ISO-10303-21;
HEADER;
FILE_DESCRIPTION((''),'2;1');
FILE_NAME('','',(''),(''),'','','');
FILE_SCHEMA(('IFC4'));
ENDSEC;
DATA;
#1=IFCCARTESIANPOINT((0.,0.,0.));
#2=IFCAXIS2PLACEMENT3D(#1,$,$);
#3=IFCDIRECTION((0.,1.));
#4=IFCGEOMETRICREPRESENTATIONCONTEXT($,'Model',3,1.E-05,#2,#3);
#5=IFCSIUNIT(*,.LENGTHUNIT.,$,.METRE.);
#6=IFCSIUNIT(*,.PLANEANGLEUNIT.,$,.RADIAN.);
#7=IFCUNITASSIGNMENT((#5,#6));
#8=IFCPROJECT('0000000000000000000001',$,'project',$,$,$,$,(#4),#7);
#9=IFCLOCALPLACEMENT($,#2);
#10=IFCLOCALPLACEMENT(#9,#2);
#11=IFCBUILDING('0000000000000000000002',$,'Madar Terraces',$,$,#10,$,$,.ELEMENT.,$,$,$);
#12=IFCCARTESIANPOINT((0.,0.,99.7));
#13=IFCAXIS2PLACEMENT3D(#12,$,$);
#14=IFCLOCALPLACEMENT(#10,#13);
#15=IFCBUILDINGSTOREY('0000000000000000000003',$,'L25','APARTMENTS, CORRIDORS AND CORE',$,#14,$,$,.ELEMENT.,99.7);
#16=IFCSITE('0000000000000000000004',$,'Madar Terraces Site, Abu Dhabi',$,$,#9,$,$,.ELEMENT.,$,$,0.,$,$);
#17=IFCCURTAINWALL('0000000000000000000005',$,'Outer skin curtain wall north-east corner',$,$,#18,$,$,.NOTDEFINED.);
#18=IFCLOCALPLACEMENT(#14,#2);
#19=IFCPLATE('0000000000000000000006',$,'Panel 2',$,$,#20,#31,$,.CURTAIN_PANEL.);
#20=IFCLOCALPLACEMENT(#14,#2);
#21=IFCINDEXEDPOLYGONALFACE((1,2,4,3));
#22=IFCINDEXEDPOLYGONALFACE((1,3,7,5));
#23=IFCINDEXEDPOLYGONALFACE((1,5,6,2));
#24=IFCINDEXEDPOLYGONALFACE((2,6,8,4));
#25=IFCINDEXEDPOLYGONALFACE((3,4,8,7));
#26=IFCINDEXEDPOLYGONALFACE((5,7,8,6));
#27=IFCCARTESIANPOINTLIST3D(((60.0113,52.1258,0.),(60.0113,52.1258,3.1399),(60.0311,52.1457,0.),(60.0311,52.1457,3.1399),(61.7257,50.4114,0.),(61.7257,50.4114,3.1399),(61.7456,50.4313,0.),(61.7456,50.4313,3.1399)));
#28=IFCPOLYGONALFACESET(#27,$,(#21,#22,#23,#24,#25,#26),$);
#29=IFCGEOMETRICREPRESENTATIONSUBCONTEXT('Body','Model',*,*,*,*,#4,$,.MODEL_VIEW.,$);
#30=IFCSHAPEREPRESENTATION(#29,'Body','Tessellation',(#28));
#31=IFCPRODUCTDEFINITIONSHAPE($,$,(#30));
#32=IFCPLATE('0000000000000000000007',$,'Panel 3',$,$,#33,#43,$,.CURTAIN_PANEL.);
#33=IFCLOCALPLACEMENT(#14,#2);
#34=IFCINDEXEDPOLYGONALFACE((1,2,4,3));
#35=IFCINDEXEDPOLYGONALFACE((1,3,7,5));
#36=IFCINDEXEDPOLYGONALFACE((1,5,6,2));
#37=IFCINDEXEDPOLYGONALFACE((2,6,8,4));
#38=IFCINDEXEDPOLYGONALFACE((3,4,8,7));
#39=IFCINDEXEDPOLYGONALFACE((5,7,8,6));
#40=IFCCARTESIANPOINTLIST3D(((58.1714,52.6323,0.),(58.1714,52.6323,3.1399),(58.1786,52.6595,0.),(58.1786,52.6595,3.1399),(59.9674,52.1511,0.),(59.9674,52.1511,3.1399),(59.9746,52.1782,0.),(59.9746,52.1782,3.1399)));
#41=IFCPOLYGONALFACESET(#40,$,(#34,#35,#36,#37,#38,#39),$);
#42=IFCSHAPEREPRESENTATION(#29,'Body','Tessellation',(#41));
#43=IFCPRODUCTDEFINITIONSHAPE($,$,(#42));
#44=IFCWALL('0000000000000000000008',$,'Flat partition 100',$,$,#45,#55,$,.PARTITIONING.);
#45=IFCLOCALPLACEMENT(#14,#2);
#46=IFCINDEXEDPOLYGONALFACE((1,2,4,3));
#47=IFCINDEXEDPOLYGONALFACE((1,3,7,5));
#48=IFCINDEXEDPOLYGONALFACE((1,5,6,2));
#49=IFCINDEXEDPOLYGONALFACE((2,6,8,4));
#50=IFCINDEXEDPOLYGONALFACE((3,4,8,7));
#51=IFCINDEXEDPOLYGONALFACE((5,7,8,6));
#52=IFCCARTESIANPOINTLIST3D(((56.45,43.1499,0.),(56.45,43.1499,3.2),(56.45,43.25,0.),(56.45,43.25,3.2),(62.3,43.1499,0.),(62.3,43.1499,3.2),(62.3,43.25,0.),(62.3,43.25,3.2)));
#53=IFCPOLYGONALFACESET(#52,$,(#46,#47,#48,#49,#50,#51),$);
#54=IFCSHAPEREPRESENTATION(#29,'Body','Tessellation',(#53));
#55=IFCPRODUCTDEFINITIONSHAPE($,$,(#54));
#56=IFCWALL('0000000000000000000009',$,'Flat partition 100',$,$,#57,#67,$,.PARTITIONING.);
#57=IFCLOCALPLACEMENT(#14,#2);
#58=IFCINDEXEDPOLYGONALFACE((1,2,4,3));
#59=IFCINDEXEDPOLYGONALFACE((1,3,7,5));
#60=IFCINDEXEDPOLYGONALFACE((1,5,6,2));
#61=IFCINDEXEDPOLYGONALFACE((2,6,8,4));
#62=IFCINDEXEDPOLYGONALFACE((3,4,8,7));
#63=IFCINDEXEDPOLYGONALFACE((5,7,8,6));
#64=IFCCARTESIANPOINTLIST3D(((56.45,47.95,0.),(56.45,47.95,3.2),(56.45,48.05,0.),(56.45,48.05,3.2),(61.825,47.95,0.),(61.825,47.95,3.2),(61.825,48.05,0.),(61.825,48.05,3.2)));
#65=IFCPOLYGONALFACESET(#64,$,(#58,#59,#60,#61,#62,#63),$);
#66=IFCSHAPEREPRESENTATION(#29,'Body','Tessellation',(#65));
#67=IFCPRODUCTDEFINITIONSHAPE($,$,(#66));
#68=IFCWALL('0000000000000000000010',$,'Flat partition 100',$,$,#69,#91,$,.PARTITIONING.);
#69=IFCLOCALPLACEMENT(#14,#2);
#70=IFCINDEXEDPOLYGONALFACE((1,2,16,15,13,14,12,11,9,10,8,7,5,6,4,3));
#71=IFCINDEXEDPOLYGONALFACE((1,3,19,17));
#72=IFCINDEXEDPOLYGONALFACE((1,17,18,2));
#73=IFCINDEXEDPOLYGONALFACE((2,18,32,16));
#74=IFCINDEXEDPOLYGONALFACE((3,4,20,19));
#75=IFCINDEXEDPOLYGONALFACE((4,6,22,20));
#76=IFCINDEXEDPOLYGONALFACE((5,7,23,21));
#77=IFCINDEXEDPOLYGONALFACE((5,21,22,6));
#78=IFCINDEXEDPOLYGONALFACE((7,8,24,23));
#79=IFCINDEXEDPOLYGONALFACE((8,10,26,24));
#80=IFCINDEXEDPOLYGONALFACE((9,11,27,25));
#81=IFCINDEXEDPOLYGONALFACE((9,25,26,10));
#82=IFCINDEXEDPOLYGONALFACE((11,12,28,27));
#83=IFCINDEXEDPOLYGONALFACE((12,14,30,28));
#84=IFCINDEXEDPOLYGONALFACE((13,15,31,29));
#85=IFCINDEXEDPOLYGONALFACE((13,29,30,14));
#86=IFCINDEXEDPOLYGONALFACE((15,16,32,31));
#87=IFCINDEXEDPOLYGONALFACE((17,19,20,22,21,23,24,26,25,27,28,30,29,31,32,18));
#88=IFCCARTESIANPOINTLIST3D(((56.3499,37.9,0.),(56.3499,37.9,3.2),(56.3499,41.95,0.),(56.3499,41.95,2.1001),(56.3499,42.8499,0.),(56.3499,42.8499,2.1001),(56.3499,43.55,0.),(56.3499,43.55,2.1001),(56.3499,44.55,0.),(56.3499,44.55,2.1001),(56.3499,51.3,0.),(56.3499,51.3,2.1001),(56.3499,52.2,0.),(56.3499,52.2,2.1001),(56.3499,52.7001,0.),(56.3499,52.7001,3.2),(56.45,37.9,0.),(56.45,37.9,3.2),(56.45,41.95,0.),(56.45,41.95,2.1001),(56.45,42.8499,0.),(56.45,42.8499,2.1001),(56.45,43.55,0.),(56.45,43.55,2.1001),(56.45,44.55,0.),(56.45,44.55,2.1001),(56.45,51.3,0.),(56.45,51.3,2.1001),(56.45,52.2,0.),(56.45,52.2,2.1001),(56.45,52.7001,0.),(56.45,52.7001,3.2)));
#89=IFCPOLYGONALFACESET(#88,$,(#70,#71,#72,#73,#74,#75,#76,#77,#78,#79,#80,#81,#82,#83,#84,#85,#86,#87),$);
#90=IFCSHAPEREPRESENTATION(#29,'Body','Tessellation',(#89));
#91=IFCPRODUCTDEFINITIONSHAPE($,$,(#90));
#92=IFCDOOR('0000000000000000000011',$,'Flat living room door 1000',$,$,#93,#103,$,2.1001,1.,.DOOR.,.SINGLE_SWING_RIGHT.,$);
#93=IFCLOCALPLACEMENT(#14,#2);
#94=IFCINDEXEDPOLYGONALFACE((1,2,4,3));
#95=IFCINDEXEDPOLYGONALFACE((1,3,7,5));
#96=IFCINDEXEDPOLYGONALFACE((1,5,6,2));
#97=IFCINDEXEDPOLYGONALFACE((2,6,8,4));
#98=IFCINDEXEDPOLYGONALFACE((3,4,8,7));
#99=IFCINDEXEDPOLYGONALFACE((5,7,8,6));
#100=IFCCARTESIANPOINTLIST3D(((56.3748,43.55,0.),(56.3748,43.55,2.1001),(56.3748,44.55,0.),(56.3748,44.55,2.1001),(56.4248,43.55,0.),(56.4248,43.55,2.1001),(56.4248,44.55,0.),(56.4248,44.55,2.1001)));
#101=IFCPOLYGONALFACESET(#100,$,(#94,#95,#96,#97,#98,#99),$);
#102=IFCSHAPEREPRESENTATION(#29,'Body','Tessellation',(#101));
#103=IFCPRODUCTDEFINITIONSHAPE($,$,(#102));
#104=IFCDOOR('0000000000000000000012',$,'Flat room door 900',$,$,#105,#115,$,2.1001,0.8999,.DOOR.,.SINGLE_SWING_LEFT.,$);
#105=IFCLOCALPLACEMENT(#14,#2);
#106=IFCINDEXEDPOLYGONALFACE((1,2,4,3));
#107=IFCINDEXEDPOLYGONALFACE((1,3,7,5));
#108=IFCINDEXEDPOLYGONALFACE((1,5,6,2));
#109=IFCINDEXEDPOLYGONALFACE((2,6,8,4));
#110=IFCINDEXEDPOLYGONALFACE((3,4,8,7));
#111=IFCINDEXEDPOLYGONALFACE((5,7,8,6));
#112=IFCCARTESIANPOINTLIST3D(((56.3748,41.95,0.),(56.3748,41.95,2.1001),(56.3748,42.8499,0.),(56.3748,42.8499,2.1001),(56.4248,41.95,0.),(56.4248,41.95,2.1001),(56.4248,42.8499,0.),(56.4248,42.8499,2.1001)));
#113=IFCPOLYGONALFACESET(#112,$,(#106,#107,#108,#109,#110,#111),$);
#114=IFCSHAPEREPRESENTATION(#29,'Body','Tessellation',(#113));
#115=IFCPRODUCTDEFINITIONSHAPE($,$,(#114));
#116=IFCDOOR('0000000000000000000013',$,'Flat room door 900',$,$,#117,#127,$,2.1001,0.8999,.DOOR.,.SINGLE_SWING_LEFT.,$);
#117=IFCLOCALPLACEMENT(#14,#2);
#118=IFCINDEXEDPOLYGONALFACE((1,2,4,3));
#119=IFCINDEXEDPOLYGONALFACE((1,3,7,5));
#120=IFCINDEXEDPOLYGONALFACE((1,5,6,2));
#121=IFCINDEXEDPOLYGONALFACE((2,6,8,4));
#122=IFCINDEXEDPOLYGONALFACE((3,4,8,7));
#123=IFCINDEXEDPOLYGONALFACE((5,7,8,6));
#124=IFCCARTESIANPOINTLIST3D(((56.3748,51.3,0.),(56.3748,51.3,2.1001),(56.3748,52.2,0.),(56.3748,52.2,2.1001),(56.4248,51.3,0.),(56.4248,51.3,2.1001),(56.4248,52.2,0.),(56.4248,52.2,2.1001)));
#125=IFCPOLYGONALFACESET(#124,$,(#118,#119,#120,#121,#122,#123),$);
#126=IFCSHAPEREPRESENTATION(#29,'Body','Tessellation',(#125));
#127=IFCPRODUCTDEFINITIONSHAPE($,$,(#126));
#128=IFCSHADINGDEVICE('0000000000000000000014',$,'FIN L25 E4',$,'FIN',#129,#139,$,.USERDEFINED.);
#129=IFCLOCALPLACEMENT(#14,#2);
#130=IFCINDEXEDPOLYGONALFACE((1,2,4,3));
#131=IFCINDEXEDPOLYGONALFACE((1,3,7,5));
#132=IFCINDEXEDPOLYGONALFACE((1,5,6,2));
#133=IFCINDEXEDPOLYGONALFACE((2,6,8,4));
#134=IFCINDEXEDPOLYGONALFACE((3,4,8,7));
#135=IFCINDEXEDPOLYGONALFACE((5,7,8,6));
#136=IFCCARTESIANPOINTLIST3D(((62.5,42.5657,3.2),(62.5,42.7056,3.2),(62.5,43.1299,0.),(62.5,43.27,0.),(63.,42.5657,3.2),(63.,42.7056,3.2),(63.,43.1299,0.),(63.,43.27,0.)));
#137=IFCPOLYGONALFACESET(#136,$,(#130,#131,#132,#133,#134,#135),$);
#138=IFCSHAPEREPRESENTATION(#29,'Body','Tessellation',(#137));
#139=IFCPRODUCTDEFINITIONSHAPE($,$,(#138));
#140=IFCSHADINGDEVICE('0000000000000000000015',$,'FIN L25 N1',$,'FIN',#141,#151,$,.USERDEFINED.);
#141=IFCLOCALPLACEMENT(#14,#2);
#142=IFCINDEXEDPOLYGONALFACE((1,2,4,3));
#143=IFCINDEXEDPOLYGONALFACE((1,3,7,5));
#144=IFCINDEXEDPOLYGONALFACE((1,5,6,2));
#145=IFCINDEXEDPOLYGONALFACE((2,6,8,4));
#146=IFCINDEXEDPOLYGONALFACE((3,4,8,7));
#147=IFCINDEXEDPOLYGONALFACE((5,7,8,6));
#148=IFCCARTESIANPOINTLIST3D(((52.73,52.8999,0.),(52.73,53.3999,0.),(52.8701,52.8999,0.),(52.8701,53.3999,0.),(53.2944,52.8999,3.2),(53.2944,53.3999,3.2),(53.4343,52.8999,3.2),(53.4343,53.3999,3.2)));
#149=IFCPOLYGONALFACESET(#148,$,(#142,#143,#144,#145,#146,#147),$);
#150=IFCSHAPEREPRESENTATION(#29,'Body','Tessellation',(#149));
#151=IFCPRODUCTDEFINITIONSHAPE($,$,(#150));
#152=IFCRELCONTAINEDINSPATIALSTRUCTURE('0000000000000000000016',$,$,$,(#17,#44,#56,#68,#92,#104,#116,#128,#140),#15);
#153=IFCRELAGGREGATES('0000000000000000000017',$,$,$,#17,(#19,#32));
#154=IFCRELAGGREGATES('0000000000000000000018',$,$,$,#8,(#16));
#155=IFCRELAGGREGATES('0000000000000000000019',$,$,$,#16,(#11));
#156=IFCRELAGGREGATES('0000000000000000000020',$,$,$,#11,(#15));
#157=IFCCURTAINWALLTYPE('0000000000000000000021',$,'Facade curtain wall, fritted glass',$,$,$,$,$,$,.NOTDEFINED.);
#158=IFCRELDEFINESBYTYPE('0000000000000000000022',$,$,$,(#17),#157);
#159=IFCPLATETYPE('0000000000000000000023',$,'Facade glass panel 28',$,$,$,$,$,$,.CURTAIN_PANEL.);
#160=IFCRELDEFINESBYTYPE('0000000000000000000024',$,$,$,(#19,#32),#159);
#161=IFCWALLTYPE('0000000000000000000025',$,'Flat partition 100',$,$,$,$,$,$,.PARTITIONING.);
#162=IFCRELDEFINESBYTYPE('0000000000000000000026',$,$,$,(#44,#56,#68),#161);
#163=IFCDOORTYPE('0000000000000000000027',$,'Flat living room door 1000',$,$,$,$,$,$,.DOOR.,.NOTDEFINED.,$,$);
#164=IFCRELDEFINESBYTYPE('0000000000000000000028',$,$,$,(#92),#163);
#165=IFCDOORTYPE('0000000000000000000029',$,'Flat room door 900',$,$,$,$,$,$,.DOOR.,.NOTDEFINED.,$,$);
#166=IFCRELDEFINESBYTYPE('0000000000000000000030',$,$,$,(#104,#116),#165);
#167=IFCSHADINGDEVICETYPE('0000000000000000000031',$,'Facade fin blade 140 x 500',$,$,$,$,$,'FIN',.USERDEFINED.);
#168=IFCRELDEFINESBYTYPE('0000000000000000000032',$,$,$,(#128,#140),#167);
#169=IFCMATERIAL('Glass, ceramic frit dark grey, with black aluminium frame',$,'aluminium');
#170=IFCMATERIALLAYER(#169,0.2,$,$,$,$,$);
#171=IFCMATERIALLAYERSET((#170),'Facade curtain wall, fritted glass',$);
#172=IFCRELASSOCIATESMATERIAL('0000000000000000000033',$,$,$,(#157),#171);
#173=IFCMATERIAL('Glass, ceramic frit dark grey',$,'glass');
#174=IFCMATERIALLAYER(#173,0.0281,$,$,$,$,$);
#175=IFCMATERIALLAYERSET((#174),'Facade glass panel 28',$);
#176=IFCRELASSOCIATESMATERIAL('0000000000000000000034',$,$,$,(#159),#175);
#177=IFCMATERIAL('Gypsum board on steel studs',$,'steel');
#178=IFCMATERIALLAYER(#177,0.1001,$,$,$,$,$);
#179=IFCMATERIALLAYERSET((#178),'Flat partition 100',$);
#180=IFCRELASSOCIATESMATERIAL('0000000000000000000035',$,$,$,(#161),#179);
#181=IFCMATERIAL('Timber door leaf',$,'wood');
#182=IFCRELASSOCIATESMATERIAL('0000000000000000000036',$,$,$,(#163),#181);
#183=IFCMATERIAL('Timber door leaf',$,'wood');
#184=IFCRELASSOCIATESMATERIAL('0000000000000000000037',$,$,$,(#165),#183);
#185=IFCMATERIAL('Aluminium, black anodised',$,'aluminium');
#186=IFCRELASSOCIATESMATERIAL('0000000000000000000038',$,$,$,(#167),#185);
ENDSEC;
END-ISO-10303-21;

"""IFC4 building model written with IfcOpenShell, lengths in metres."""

from ifc_helpers import new_model, si_unit, direction, frame, frame_2d, origin, origin_2d, place, context, subcontext, project, spatial, polyline, rectangle, outline, extrude, material, layer, layer_set, type_object, element, fill, aggregate, save


model = new_model("IFC4")

# Units and contexts
model_context = context("Model", 3, precision=1e-05, world=origin(), true_north=direction((0.0, 1.0)))
body_context = subcontext(model_context, "Body", "Model", "MODEL_VIEW")
ifc_project = project(units=[si_unit("LENGTHUNIT", "METRE"), si_unit("PLANEANGLEUNIT", "RADIAN")], contexts=[model_context])

# Site, building, storey
site_placement = place(None, origin())
site = spatial("IfcSite", under=ifc_project, at=site_placement, Name="Madar Terraces Site, Abu Dhabi", CompositionType="ELEMENT", RefElevation=0.0)
building_placement = place(site_placement, origin())
building = spatial("IfcBuilding", under=site, at=building_placement, Name="Madar Terraces", CompositionType="ELEMENT")
storey_placement = place(building_placement, frame((0.0, 0.0, 99.7)))
storey = spatial("IfcBuildingStorey", under=building, at=storey_placement, Name="L25", Description="APARTMENTS, CORRIDORS AND CORE", CompositionType="ELEMENT", Elevation=99.7)

# Shared definitions
ifc_material_1 = material(Name="Glass, ceramic frit dark grey, with black aluminium frame", Category="aluminium")
ifc_layer_1 = layer(ifc_material_1, 0.2)
ifc_layer_set_1 = layer_set([ifc_layer_1], Name="Facade curtain wall, fritted glass")
curtain_wall_type = type_object("IfcCurtainWallType", Name="Facade curtain wall, fritted glass", PredefinedType="NOTDEFINED", material=ifc_layer_set_1)

# Curtain wall
curtain_wall_1_placement = place(storey_placement, origin())
curtain_wall_1 = element("IfcCurtainWall", 1, at=curtain_wall_1_placement, inside=storey, type_object=curtain_wall_type, Name="Outer skin curtain wall north-east corner", PredefinedType="NOTDEFINED")

# Plates
ifc_material_2 = material(Name="Glass, ceramic frit dark grey", Category="glass")
ifc_layer_2 = layer(ifc_material_2, 0.0281)
ifc_layer_set_2 = layer_set([ifc_layer_2], Name="Facade glass panel 28")
plate_type = type_object("IfcPlateType", Name="Facade glass panel 28", PredefinedType="CURTAIN_PANEL", material=ifc_layer_set_2)
plate_1_placement = place(storey_placement, frame((60.8784, 51.2786, 0.0), z_axis=(0.0, 0.0, 1.0), x_axis=(-0.707107, 0.707107, 0.0)))
plate_1 = element("IfcPlate", 2, at=plate_1_placement, type_object=plate_type, Name="Panel 2", PredefinedType="CURTAIN_PANEL", context=body_context, shape_type="SweptSolid", body=[
    extrude(rectangle(XDim=2.4246, YDim=0.0281, at=origin_2d()), origin(), (0.0, 0.0, 1.0), 3.1399),
])
plate_2_placement = place(storey_placement, frame((59.073, 52.4053, 0.0), z_axis=(0.0, 0.0, 1.0), x_axis=(-0.965926, 0.258819, 0.0)))
plate_2 = element("IfcPlate", 3, at=plate_2_placement, type_object=plate_type, Name="Panel 3", PredefinedType="CURTAIN_PANEL", context=body_context, shape_type="SweptSolid", body=[
    extrude(rectangle(XDim=1.8594, YDim=0.0281, at=origin_2d()), origin(), (0.0, 0.0, 1.0), 3.1399),
])
aggregate(curtain_wall_1, [plate_1, plate_2])

# Walls
ifc_material_3 = material(Name="Gypsum board on steel studs", Category="steel")
ifc_layer_3 = layer(ifc_material_3, 0.1001)
ifc_layer_set_3 = layer_set([ifc_layer_3], Name="Flat partition 100")
wall_type_1 = type_object("IfcWallType", Name="Flat partition 100", PredefinedType="PARTITIONING", material=ifc_layer_set_3)
wall_1_placement = place(storey_placement, frame((56.45, 43.2, 0.0), z_axis=(0.0, 0.0, 1.0), x_axis=(1.0, 0.0, 0.0)))
element("IfcWall", 4, at=wall_1_placement, inside=storey, type_object=wall_type_1, Name="Flat partition 100", PredefinedType="PARTITIONING", context=body_context, shape_type="SweptSolid", body=[
    extrude(rectangle(XDim=5.8501, YDim=0.1001, at=frame_2d((2.925, 0.0))), origin(), (0.0, 0.0, 1.0), 3.2),
])
wall_2_placement = place(storey_placement, frame((56.45, 48.0, 0.0), z_axis=(0.0, 0.0, 1.0), x_axis=(1.0, 0.0, 0.0)))
element("IfcWall", 5, at=wall_2_placement, inside=storey, type_object=wall_type_1, Name="Flat partition 100", PredefinedType="PARTITIONING", context=body_context, shape_type="SweptSolid", body=[
    extrude(rectangle(XDim=5.375, YDim=0.1001, at=frame_2d((2.6875, 0.0))), origin(), (0.0, 0.0, 1.0), 3.2),
])

# Wall, openings, doors
wall_3_placement = place(storey_placement, frame((56.3999, 52.7, 0.0), z_axis=(0.0, 0.0, 1.0), x_axis=(0.0, -1.0, 0.0)))
wall_3 = element("IfcWall", 6, at=wall_3_placement, inside=storey, type_object=wall_type_1, Name="Flat partition 100", PredefinedType="PARTITIONING", context=body_context, shape_type="SweptSolid", body=[
    extrude(rectangle(XDim=14.8, YDim=0.1001, at=frame_2d((7.3999, 0.0))), origin(), (0.0, 0.0, 1.0), 3.2),
])
opening_1_placement = place(wall_3_placement, frame((9.8501, 0.0, 0.0)))
opening_1 = element("IfcOpeningElement", 7, at=opening_1_placement, cuts=wall_3, PredefinedType="OPENING", context=body_context, shape_type="SweptSolid", body=[
    extrude(rectangle(XDim=0.8999, YDim=2.1001, at=frame_2d((0.45, 1.05))), frame((0.0, 0.0601, 0.0), z_axis=(0.0, -1.0, 0.0), x_axis=(1.0, 0.0, 0.0)), (0.0, 0.0, 1.0), 0.1201),
])
opening_2_placement = place(wall_3_placement, frame((8.1499, 0.0, 0.0)))
opening_2 = element("IfcOpeningElement", 8, at=opening_2_placement, cuts=wall_3, PredefinedType="OPENING", context=body_context, shape_type="SweptSolid", body=[
    extrude(rectangle(XDim=1.0, YDim=2.1001, at=frame_2d((0.5, 1.05))), frame((0.0, 0.0601, 0.0), z_axis=(0.0, -1.0, 0.0), x_axis=(1.0, 0.0, 0.0)), (0.0, 0.0, 1.0), 0.1201),
])
opening_3_placement = place(wall_3_placement, frame((0.5, 0.0, 0.0)))
opening_3 = element("IfcOpeningElement", 9, at=opening_3_placement, cuts=wall_3, PredefinedType="OPENING", context=body_context, shape_type="SweptSolid", body=[
    extrude(rectangle(XDim=0.8999, YDim=2.1001, at=frame_2d((0.45, 1.05))), frame((0.0, 0.0601, 0.0), z_axis=(0.0, -1.0, 0.0), x_axis=(1.0, 0.0, 0.0)), (0.0, 0.0, 1.0), 0.1201),
])
ifc_material_4 = material(Name="Timber door leaf", Category="wood")
door_type_1 = type_object("IfcDoorType", Name="Flat living room door 1000", OperationType="NOTDEFINED", PredefinedType="DOOR", material=ifc_material_4)
door_1_placement = place(opening_2_placement, origin())
door_1 = element("IfcDoor", 10, at=door_1_placement, inside=storey, type_object=door_type_1, Name="Flat living room door 1000", OperationType="SINGLE_SWING_RIGHT", OverallHeight=2.1001, OverallWidth=1.0, PredefinedType="DOOR", context=body_context, shape_type="SweptSolid", body=[
    extrude(rectangle(XDim=1.0, YDim=2.1001, at=frame_2d((0.5, 1.05))), frame((0.0, 0.0249, 0.0), z_axis=(0.0, -1.0, 0.0), x_axis=(1.0, 0.0, 0.0)), (0.0, 0.0, 1.0), 0.05),
])
fill(opening_2, door_1)
ifc_material_5 = material(Name="Timber door leaf", Category="wood")
door_type_2 = type_object("IfcDoorType", Name="Flat room door 900", OperationType="NOTDEFINED", PredefinedType="DOOR", material=ifc_material_5)
door_2_placement = place(opening_1_placement, origin())
door_2 = element("IfcDoor", 11, at=door_2_placement, inside=storey, type_object=door_type_2, Name="Flat room door 900", OperationType="SINGLE_SWING_LEFT", OverallHeight=2.1001, OverallWidth=0.8999, PredefinedType="DOOR", context=body_context, shape_type="SweptSolid", body=[
    extrude(rectangle(XDim=0.8999, YDim=2.1001, at=frame_2d((0.45, 1.05))), frame((0.0, 0.0249, 0.0), z_axis=(0.0, -1.0, 0.0), x_axis=(1.0, 0.0, 0.0)), (0.0, 0.0, 1.0), 0.05),
])
fill(opening_1, door_2)
door_3_placement = place(opening_3_placement, origin())
door_3 = element("IfcDoor", 12, at=door_3_placement, inside=storey, type_object=door_type_2, Name="Flat room door 900", OperationType="SINGLE_SWING_LEFT", OverallHeight=2.1001, OverallWidth=0.8999, PredefinedType="DOOR", context=body_context, shape_type="SweptSolid", body=[
    extrude(rectangle(XDim=0.8999, YDim=2.1001, at=frame_2d((0.45, 1.05))), frame((0.0, 0.0249, 0.0), z_axis=(0.0, -1.0, 0.0), x_axis=(1.0, 0.0, 0.0)), (0.0, 0.0, 1.0), 0.05),
])
fill(opening_3, door_3)

# Shading devices
ifc_material_6 = material(Name="Aluminium, black anodised", Category="aluminium")
shading_device_type = type_object("IfcShadingDeviceType", Name="Facade fin blade 140 x 500", ElementType="FIN", PredefinedType="USERDEFINED", material=ifc_material_6)
for number, where, z_axis, x_axis, name in (
    (13, (62.75, 43.1299, 0.0), (0.0, 0.0, 1.0), (0.0, 1.0, 0.0), "FIN L25 E4"),
    (14, (52.8701, 53.1499, 0.0), (0.0, 0.0, 1.0), (-1.0, 0.0, 0.0), "FIN L25 N1"),
):
    element("IfcShadingDevice", number, at=place(storey_placement, frame(where, z_axis=z_axis, x_axis=x_axis)), inside=storey, type_object=shading_device_type, Name=name, ObjectType="FIN", PredefinedType="USERDEFINED", context=body_context, shape_type="SweptSolid", body=[
        extrude(outline(polyline([(0.0, 0.0), (0.1401, 0.0), (-0.4243, 3.2), (-0.5642, 3.2), (0.0, 0.0)])), frame((0.0, 0.25, 0.0), z_axis=(0.0, -1.0, 0.0), x_axis=(1.0, 0.0, 0.0)), (0.0, 0.0, 1.0), 0.5),
    ])

save(model, "model.ifc")
